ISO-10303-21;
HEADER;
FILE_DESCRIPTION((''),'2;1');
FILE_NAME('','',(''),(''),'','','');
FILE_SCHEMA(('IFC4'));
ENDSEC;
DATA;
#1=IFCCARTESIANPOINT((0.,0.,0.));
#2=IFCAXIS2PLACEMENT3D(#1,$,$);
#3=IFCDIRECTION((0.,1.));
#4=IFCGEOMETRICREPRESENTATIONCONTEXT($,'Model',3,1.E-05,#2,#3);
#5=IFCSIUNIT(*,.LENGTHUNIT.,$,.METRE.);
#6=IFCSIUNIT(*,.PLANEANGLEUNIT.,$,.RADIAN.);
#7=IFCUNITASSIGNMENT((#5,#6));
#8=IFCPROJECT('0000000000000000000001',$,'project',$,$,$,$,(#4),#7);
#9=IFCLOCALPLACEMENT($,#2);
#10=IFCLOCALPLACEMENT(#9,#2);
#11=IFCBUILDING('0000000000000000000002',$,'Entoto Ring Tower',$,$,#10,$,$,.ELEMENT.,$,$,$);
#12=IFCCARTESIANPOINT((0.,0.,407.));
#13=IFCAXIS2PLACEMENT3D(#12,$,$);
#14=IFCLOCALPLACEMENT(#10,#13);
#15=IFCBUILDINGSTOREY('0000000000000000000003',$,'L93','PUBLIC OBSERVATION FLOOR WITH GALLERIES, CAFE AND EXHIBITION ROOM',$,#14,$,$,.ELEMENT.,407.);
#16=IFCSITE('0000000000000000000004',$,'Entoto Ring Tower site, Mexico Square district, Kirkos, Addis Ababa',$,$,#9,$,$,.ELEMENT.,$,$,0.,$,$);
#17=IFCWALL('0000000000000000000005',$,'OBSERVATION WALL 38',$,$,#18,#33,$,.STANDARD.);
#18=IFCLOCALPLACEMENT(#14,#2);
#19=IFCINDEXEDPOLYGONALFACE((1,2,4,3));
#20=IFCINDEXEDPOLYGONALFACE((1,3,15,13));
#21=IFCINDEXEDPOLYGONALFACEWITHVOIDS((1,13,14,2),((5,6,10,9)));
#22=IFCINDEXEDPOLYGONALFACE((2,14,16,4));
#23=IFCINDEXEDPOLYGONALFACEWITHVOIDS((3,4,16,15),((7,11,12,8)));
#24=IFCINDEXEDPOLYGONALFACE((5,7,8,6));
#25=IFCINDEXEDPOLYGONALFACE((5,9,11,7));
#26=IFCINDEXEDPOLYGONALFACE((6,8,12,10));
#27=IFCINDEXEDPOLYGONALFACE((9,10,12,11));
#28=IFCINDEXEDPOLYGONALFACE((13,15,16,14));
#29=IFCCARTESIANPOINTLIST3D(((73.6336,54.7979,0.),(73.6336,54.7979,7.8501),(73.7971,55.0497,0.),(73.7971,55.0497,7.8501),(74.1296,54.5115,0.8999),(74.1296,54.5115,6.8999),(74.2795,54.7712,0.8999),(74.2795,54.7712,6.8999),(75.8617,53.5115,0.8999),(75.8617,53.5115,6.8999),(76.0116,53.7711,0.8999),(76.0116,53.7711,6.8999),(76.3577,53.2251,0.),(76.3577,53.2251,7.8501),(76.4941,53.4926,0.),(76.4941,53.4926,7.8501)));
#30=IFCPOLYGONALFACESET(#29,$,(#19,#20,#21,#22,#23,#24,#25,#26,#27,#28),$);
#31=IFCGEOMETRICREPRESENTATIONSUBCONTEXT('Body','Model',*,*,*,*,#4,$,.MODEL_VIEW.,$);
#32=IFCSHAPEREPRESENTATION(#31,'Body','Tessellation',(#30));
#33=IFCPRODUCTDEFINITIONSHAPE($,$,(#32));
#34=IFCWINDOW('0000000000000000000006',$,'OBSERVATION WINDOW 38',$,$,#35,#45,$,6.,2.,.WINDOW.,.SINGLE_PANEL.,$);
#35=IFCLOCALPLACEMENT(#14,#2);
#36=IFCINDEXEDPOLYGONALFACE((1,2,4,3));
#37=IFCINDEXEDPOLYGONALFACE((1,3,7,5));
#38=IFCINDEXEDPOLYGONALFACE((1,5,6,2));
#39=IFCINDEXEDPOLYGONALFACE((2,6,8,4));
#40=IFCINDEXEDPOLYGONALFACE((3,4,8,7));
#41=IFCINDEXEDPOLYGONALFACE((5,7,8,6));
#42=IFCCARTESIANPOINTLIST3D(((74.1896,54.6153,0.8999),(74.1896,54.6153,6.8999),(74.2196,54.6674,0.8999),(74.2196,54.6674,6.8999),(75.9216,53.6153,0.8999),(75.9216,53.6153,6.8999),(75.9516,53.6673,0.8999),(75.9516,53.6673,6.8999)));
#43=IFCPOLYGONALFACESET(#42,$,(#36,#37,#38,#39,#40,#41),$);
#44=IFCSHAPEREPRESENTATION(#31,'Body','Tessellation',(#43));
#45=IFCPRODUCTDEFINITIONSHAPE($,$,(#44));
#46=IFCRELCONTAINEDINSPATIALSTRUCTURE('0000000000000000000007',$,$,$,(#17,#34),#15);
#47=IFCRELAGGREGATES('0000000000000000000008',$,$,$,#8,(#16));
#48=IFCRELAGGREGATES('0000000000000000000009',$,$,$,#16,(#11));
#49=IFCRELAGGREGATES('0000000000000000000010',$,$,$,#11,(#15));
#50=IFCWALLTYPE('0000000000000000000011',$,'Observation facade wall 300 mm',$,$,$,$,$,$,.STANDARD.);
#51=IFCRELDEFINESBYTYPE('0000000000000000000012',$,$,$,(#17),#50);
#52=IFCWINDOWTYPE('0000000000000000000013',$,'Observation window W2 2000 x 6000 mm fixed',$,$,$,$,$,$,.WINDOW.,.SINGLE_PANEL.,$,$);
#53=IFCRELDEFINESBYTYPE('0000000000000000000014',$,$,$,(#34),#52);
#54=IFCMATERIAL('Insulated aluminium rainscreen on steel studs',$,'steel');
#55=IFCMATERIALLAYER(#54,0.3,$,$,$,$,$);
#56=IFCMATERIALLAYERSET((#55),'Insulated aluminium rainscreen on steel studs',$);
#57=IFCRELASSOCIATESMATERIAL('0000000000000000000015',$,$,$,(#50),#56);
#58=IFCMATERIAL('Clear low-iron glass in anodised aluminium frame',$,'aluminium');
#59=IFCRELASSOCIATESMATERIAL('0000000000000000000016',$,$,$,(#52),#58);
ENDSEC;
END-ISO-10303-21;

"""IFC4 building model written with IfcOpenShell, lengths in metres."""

from ifc_helpers import new_model, si_unit, direction, frame, frame_2d, origin, place, context, subcontext, project, spatial, polyline, rectangle, outline, extrude, material, layer, layer_set, type_object, element, fill, save


model = new_model("IFC4")

# Units and contexts
model_context = context("Model", 3, precision=1e-05, world=origin(), true_north=direction((0.0, 1.0)))
body_context = subcontext(model_context, "Body", "Model", "MODEL_VIEW")
ifc_project = project(units=[si_unit("LENGTHUNIT", "METRE"), si_unit("PLANEANGLEUNIT", "RADIAN")], contexts=[model_context])

# Site, building, storey
site_placement = place(None, origin())
site = spatial("IfcSite", under=ifc_project, at=site_placement, Name="Entoto Ring Tower site, Mexico Square district, Kirkos, Addis Ababa", CompositionType="ELEMENT", RefElevation=0.0)
building_placement = place(site_placement, origin())
building = spatial("IfcBuilding", under=site, at=building_placement, Name="Entoto Ring Tower", CompositionType="ELEMENT")
storey_placement = place(building_placement, frame((0.0, 0.0, 407.0)))
storey = spatial("IfcBuildingStorey", under=building, at=storey_placement, Name="L93", Description="PUBLIC OBSERVATION FLOOR WITH GALLERIES, CAFE AND EXHIBITION ROOM", CompositionType="ELEMENT", Elevation=407.0)

# Wall, opening, window
ifc_material_1 = material(Name="Insulated aluminium rainscreen on steel studs", Category="steel")
ifc_layer_1 = layer(ifc_material_1, 0.3)
ifc_layer_set_1 = layer_set([ifc_layer_1], Name="Insulated aluminium rainscreen on steel studs")
wall_type = type_object("IfcWallType", Name="Observation facade wall 300 mm", PredefinedType="STANDARD", material=ifc_layer_set_1)
wall_1_placement = place(storey_placement, frame((73.7153, 54.9238, 0.0), z_axis=(0.0, 0.0, 1.0), x_axis=(0.866017, -0.500015, 0.0)))
wall_1 = element("IfcWall", 1, at=wall_1_placement, inside=storey, type_object=wall_type, Name="OBSERVATION WALL 38", PredefinedType="STANDARD", context=body_context, shape_type="SweptSolid", body=[
    extrude(outline(polyline([(-0.0078, -0.1499), (3.1377, -0.1499), (3.1221, 0.1499), (0.0078, 0.1499), (-0.0078, -0.1499)])), origin(), (0.0, 0.0, 1.0), 7.8501),
])
opening_1_placement = place(wall_1_placement, frame((0.5649, 0.0, 0.8999)))
opening_1 = element("IfcOpeningElement", 2, at=opening_1_placement, cuts=wall_1, PredefinedType="OPENING", context=body_context, shape_type="SweptSolid", body=[
    extrude(rectangle(XDim=2.0, YDim=6.0, at=frame_2d((1.0, 3.0))), frame((0.0, 0.1602, 0.0), z_axis=(0.0, -1.0, 0.0), x_axis=(1.0, 0.0, 0.0)), (0.0, 0.0, 1.0), 0.3201),
])
ifc_material_2 = material(Name="Clear low-iron glass in anodised aluminium frame", Category="aluminium")
window_type_1 = type_object("IfcWindowType", Name="Observation window W2 2000 x 6000 mm fixed", PartitioningType="SINGLE_PANEL", PredefinedType="WINDOW", material=ifc_material_2)
window_1_placement = place(opening_1_placement, origin())
window_1 = element("IfcWindow", 3, at=window_1_placement, inside=storey, type_object=window_type_1, Name="OBSERVATION WINDOW 38", OverallHeight=6.0, OverallWidth=2.0, PartitioningType="SINGLE_PANEL", PredefinedType="WINDOW", context=body_context, shape_type="SweptSolid", body=[
    extrude(rectangle(XDim=2.0, YDim=6.0, at=frame_2d((1.0, 3.0))), frame((0.0, 0.03, 0.0), z_axis=(0.0, -1.0, 0.0), x_axis=(1.0, 0.0, 0.0)), (0.0, 0.0, 1.0), 0.0601),
])
fill(opening_1, window_1)

save(model, "model.ifc")
